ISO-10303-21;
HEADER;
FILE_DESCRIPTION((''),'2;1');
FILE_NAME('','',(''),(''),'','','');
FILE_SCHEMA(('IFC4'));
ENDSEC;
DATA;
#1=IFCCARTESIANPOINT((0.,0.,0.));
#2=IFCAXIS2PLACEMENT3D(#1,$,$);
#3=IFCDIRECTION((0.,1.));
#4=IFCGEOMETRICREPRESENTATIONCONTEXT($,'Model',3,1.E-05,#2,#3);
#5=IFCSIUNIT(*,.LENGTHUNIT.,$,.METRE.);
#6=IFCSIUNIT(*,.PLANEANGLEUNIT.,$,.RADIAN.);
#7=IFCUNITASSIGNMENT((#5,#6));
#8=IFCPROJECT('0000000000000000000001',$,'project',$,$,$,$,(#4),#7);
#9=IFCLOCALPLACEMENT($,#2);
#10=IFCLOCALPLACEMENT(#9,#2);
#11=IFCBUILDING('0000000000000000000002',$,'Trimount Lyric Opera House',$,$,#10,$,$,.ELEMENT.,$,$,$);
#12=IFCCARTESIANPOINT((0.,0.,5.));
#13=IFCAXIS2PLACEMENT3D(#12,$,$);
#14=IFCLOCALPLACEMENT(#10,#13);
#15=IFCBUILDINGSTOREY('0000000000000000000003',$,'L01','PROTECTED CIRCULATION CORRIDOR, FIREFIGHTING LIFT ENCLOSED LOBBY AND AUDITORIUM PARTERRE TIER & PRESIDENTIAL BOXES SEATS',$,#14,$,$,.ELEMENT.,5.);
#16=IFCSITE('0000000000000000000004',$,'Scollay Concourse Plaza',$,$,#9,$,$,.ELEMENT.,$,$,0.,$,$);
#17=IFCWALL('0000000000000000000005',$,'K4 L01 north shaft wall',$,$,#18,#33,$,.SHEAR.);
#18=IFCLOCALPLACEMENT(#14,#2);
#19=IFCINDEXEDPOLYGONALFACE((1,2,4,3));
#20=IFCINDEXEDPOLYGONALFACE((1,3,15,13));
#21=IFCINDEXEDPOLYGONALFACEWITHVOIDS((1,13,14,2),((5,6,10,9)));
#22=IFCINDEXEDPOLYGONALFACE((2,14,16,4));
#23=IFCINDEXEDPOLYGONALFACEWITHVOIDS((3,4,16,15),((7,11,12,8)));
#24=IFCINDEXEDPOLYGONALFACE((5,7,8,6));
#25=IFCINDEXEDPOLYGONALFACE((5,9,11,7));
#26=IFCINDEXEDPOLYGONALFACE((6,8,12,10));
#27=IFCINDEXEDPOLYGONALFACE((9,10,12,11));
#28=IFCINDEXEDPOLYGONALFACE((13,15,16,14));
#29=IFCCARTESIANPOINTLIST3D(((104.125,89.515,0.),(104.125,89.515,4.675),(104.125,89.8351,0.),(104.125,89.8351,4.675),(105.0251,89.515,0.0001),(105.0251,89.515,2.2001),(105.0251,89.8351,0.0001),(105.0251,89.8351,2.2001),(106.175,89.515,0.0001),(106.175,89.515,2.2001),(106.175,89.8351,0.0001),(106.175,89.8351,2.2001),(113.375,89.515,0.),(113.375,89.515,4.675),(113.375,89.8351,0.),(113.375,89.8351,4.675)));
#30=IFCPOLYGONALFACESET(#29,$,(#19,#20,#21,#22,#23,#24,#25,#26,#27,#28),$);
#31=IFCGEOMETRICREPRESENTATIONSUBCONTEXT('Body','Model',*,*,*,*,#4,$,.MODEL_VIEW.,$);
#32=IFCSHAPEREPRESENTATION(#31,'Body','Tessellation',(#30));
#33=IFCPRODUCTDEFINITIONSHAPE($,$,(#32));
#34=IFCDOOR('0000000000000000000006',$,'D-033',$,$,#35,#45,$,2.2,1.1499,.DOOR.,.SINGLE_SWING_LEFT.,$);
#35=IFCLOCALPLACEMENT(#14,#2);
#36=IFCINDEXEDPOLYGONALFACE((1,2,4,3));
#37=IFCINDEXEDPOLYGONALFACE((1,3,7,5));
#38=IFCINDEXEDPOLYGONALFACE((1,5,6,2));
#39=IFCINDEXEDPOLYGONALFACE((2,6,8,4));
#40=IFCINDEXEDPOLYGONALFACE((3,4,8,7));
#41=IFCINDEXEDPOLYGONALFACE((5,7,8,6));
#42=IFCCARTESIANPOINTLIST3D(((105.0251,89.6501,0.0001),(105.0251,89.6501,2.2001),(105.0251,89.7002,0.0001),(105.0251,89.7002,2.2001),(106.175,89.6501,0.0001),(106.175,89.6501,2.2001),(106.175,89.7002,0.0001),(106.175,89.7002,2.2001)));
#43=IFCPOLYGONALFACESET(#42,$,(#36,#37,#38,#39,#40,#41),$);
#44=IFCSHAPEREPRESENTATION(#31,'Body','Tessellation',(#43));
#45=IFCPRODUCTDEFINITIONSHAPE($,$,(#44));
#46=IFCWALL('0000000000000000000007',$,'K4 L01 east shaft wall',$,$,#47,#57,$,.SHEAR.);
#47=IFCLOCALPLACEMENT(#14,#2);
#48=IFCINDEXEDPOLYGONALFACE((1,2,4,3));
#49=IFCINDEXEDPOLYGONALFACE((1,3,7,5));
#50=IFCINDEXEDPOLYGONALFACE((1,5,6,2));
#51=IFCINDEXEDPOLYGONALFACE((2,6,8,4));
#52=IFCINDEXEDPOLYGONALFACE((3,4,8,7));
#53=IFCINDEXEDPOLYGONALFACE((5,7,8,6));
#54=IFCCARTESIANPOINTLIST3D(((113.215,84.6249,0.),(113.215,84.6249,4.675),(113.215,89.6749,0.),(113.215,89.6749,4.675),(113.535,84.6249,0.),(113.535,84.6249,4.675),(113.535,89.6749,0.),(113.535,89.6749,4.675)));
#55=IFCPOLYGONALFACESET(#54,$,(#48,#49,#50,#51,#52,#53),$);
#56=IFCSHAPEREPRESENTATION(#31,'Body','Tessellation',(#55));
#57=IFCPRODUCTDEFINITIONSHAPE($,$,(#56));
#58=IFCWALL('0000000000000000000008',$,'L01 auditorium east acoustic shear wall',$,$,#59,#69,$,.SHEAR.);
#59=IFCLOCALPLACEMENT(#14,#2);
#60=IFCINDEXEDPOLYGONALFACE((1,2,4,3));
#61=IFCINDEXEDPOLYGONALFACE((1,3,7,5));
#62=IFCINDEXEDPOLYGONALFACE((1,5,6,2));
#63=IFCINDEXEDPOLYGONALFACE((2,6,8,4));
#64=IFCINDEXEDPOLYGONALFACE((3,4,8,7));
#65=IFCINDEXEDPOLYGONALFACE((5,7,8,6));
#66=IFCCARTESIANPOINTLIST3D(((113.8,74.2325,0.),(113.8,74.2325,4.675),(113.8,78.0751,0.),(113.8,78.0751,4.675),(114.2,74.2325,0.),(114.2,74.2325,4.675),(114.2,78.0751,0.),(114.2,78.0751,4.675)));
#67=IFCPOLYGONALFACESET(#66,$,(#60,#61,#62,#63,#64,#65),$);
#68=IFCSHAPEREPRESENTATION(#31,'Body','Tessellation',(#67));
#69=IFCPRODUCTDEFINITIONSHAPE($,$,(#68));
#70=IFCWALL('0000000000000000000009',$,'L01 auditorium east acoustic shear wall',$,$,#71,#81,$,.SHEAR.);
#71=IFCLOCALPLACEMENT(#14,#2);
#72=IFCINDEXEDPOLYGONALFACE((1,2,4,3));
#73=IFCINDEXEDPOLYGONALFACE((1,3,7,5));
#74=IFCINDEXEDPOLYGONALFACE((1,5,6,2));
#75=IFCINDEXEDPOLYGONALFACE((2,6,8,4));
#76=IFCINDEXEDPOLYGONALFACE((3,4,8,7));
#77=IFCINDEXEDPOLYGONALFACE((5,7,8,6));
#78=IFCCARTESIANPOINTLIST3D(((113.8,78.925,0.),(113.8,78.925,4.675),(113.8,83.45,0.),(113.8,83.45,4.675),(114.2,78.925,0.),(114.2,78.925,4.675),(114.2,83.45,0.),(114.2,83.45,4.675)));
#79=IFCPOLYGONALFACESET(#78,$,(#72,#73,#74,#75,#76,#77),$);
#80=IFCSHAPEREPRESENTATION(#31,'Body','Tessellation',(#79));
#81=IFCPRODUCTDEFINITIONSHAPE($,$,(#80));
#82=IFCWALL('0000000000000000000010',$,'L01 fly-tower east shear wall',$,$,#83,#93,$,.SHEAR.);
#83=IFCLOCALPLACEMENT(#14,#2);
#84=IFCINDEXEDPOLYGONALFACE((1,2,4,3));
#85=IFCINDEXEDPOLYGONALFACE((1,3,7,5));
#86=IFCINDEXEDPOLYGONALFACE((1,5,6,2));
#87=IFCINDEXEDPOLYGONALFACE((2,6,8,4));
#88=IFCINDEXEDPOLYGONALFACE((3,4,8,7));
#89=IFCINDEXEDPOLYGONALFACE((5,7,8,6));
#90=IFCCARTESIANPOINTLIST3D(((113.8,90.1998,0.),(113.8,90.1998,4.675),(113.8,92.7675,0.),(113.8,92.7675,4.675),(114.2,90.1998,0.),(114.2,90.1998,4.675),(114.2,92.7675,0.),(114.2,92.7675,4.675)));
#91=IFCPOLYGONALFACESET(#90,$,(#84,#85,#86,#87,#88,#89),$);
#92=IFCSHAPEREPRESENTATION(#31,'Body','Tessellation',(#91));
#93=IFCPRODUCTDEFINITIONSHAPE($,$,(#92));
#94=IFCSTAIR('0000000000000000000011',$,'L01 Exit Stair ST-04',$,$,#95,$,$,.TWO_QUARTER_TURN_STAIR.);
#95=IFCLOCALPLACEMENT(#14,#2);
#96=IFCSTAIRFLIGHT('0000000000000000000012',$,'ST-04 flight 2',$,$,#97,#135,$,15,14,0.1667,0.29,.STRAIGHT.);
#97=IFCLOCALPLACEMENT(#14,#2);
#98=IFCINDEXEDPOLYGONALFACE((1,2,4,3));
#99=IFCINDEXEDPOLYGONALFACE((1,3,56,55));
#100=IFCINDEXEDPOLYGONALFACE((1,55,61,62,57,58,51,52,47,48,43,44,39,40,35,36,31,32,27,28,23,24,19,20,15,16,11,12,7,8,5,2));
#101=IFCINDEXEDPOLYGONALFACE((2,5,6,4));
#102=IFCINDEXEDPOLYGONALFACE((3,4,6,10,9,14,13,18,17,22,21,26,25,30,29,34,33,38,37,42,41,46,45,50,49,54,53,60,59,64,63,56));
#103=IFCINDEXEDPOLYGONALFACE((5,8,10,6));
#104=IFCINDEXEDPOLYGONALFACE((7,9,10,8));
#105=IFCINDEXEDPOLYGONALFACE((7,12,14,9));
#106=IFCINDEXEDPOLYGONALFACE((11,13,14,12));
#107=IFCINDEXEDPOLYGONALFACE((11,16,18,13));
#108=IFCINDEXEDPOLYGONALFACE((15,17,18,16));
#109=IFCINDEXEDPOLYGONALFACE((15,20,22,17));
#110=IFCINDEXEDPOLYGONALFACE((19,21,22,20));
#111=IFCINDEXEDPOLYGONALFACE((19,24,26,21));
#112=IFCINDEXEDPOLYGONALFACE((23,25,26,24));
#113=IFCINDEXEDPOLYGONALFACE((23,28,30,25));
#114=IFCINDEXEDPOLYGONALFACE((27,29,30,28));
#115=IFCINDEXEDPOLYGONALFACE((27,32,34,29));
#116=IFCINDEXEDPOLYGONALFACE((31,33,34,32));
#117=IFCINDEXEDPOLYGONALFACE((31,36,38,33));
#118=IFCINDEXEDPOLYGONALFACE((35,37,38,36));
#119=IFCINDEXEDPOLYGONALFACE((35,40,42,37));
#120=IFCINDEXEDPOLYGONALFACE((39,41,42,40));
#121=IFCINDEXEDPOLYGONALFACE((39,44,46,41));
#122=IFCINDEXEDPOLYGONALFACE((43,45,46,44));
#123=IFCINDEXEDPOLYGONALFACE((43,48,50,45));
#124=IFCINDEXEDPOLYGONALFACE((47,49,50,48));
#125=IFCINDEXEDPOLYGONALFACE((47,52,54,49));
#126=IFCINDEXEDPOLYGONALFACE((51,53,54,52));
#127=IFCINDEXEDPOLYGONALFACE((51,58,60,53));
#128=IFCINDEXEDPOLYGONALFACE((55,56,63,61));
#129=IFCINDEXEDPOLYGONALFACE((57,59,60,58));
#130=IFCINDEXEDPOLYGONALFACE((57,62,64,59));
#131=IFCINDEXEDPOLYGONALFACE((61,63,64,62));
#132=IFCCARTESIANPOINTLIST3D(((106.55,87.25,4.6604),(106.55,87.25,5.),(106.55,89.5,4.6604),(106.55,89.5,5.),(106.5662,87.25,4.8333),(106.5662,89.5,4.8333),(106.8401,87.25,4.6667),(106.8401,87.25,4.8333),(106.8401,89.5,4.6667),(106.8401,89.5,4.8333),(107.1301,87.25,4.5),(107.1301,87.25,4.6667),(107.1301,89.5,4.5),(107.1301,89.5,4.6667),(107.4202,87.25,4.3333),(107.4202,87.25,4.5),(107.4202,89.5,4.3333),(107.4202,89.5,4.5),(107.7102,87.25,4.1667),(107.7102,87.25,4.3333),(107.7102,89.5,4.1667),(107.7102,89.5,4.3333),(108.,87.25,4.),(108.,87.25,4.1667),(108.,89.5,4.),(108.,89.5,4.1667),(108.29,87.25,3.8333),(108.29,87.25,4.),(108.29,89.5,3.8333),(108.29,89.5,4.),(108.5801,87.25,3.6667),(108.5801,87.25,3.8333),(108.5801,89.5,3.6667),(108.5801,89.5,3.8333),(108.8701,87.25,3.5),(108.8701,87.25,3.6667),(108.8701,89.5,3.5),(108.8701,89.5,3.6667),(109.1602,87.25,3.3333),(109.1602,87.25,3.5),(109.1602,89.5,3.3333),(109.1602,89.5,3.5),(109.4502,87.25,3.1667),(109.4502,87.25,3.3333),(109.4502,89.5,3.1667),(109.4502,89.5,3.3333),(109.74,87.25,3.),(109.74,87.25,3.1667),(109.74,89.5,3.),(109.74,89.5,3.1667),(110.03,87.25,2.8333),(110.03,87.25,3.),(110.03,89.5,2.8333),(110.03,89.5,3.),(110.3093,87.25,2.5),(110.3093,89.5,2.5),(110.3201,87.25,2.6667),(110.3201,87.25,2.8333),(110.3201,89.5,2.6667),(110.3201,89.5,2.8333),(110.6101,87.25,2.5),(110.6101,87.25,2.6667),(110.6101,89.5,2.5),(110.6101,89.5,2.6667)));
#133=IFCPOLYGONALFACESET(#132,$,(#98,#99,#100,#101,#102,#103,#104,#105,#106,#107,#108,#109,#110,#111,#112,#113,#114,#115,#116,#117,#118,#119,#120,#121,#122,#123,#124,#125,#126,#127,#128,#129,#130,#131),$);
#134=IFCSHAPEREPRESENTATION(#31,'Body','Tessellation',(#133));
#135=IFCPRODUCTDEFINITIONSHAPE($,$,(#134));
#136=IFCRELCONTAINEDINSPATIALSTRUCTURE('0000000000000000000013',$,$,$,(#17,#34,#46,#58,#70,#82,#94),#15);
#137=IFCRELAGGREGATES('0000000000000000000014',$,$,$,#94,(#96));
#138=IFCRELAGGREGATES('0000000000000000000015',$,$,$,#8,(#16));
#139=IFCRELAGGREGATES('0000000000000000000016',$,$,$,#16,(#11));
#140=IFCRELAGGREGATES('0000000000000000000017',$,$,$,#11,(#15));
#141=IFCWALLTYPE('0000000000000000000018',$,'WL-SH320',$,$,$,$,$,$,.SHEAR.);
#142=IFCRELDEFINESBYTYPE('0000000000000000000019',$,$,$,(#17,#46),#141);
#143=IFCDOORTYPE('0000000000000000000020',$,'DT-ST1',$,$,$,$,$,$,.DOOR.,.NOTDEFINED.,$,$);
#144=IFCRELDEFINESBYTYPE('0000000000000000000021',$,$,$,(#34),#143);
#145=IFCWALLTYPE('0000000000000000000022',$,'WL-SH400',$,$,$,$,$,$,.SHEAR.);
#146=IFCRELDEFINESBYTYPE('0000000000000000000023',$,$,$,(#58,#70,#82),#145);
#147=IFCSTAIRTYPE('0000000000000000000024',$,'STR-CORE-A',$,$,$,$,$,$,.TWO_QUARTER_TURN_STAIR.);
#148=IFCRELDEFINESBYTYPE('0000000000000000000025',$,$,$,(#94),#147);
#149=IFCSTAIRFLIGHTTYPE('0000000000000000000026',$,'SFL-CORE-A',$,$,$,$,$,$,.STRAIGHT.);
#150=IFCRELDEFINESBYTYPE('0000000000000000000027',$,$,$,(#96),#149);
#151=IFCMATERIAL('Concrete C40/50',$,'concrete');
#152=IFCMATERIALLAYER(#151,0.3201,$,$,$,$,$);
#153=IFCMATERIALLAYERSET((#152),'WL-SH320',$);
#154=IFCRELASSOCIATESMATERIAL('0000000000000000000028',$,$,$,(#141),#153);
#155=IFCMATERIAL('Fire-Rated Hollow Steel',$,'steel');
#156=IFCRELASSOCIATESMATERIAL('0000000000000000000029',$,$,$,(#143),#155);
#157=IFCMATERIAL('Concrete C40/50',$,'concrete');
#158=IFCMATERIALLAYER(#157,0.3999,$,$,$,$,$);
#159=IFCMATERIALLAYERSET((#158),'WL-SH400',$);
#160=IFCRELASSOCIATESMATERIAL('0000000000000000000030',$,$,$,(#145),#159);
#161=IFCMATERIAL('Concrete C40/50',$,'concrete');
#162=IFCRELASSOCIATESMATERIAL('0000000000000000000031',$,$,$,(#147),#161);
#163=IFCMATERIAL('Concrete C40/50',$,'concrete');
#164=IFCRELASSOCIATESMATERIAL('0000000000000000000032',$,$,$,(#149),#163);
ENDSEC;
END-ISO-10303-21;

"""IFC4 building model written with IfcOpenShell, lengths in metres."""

from ifc_helpers import new_model, si_unit, direction, frame, frame_2d, origin, place, context, subcontext, project, spatial, polyline, rectangle, outline, extrude, material, layer, layer_set, type_object, element, fill, aggregate, save


model = new_model("IFC4")

# Units and contexts
model_context = context("Model", 3, precision=1e-05, world=origin(), true_north=direction((0.0, 1.0)))
body_context = subcontext(model_context, "Body", "Model", "MODEL_VIEW")
ifc_project = project(units=[si_unit("LENGTHUNIT", "METRE"), si_unit("PLANEANGLEUNIT", "RADIAN")], contexts=[model_context])

# Site, building, storey
site_placement = place(None, origin())
site = spatial("IfcSite", under=ifc_project, at=site_placement, Name="Scollay Concourse Plaza", CompositionType="ELEMENT", RefElevation=0.0)
building_placement = place(site_placement, origin())
building = spatial("IfcBuilding", under=site, at=building_placement, Name="Trimount Lyric Opera House", CompositionType="ELEMENT")
storey_placement = place(building_placement, frame((0.0, 0.0, 5.0)))
storey = spatial("IfcBuildingStorey", under=building, at=storey_placement, Name="L01", Description="PROTECTED CIRCULATION CORRIDOR, FIREFIGHTING LIFT ENCLOSED LOBBY AND AUDITORIUM PARTERRE TIER & PRESIDENTIAL BOXES SEATS", CompositionType="ELEMENT", Elevation=5.0)

# Wall, opening, door
ifc_material_1 = material(Name="Concrete C40/50", Category="concrete")
ifc_layer_1 = layer(ifc_material_1, 0.3201)
ifc_layer_set_1 = layer_set([ifc_layer_1], Name="WL-SH320")
wall_type_1 = type_object("IfcWallType", Name="WL-SH320", PredefinedType="SHEAR", material=ifc_layer_set_1)
wall_1_placement = place(storey_placement, frame((113.375, 89.675, 0.0), z_axis=(0.0, 0.0, 1.0), x_axis=(-1.0, 0.0, 0.0)))
wall_1 = element("IfcWall", 1, at=wall_1_placement, inside=storey, type_object=wall_type_1, Name="K4 L01 north shaft wall", PredefinedType="SHEAR", context=body_context, shape_type="SweptSolid", body=[
    extrude(rectangle(XDim=9.25, YDim=0.3201, at=frame_2d((4.625, 0.0))), origin(), (0.0, 0.0, 1.0), 4.675),
])
opening_placement = place(wall_1_placement, frame((7.2, 0.0, 0.0)))
opening = element("IfcOpeningElement", 2, at=opening_placement, cuts=wall_1, PredefinedType="OPENING", context=body_context, shape_type="SweptSolid", body=[
    extrude(rectangle(XDim=1.1499, YDim=2.2, at=frame_2d((0.575, 1.1001))), frame((0.0, 0.1699, 0.0), z_axis=(0.0, -1.0, 0.0), x_axis=(1.0, 0.0, 0.0)), (0.0, 0.0, 1.0), 0.3401),
])
ifc_material_2 = material(Name="Fire-Rated Hollow Steel", Category="steel")
door_type = type_object("IfcDoorType", Name="DT-ST1", OperationType="NOTDEFINED", PredefinedType="DOOR", material=ifc_material_2)
door_placement = place(opening_placement, origin())
door = element("IfcDoor", 3, at=door_placement, inside=storey, type_object=door_type, Name="D-033", OperationType="SINGLE_SWING_LEFT", OverallHeight=2.2, OverallWidth=1.1499, PredefinedType="DOOR", context=body_context, shape_type="SweptSolid", body=[
    extrude(rectangle(XDim=1.1499, YDim=2.2, at=frame_2d((0.575, 1.1001))), frame((0.0, 0.0249, 0.0), z_axis=(0.0, -1.0, 0.0), x_axis=(1.0, 0.0, 0.0)), (0.0, 0.0, 1.0), 0.05),
])
fill(opening, door)

# Walls
wall_2_placement = place(storey_placement, frame((113.375, 84.625, 0.0), z_axis=(0.0, 0.0, 1.0), x_axis=(0.0, 1.0, 0.0)))
element("IfcWall", 4, at=wall_2_placement, inside=storey, type_object=wall_type_1, Name="K4 L01 east shaft wall", PredefinedType="SHEAR", context=body_context, shape_type="SweptSolid", body=[
    extrude(rectangle(XDim=5.05, YDim=0.3201, at=frame_2d((2.5249, 0.0))), origin(), (0.0, 0.0, 1.0), 4.675),
])
ifc_material_3 = material(Name="Concrete C40/50", Category="concrete")
ifc_layer_2 = layer(ifc_material_3, 0.3999)
ifc_layer_set_2 = layer_set([ifc_layer_2], Name="WL-SH400")
wall_type_2 = type_object("IfcWallType", Name="WL-SH400", PredefinedType="SHEAR", material=ifc_layer_set_2)
wall_3_placement = place(storey_placement, frame((114.0, 74.2324, 0.0), z_axis=(0.0, 0.0, 1.0), x_axis=(0.0, 1.0, 0.0)))
element("IfcWall", 5, at=wall_3_placement, inside=storey, type_object=wall_type_2, Name="L01 auditorium east acoustic shear wall", PredefinedType="SHEAR", context=body_context, shape_type="SweptSolid", body=[
    extrude(rectangle(XDim=3.8425, YDim=0.3999, at=frame_2d((1.9214, 0.0))), origin(), (0.0, 0.0, 1.0), 4.675),
])
wall_4_placement = place(storey_placement, frame((114.0, 78.925, 0.0), z_axis=(0.0, 0.0, 1.0), x_axis=(0.0, 1.0, 0.0)))
element("IfcWall", 6, at=wall_4_placement, inside=storey, type_object=wall_type_2, Name="L01 auditorium east acoustic shear wall", PredefinedType="SHEAR", context=body_context, shape_type="SweptSolid", body=[
    extrude(rectangle(XDim=4.5249, YDim=0.3999, at=frame_2d((2.2625, 0.0))), origin(), (0.0, 0.0, 1.0), 4.675),
])
wall_5_placement = place(storey_placement, frame((114.0, 90.2, 0.0), z_axis=(0.0, 0.0, 1.0), x_axis=(0.0, 1.0, 0.0)))
element("IfcWall", 7, at=wall_5_placement, inside=storey, type_object=wall_type_2, Name="L01 fly-tower east shear wall", PredefinedType="SHEAR", context=body_context, shape_type="SweptSolid", body=[
    extrude(rectangle(XDim=2.5676, YDim=0.3999, at=frame_2d((1.2837, 0.0))), origin(), (0.0, 0.0, 1.0), 4.675),
])

# Stair, stair flight
ifc_material_4 = material(Name="Concrete C40/50", Category="concrete")
stair_type = type_object("IfcStairType", Name="STR-CORE-A", PredefinedType="TWO_QUARTER_TURN_STAIR", material=ifc_material_4)
stair_placement = place(storey_placement, origin())
stair = element("IfcStair", 8, at=stair_placement, inside=storey, type_object=stair_type, Name="L01 Exit Stair ST-04", PredefinedType="TWO_QUARTER_TURN_STAIR")
ifc_material_5 = material(Name="Concrete C40/50", Category="concrete")
stair_flight_type = type_object("IfcStairFlightType", Name="SFL-CORE-A", PredefinedType="STRAIGHT", material=ifc_material_5)
stair_flight_placement = place(storey_placement, frame((110.6101, 88.375, 2.5), z_axis=(0.0, 0.0, 1.0), x_axis=(-1.0, 0.0, 0.0)))
stair_flight = element("IfcStairFlight", 9, at=stair_flight_placement, type_object=stair_flight_type, Name="ST-04 flight 2", NumberOfRisers=15, NumberOfTreads=14, PredefinedType="STRAIGHT", RiserHeight=0.1667, TreadLength=0.29, context=body_context, shape_type="SweptSolid", body=[
    extrude(outline(polyline([(0.0, 0.0), (0.0, 0.1667), (0.29, 0.1667), (0.29, 0.3333), (0.5801, 0.3333), (0.5801, 0.5), (0.8701, 0.5), (0.8701, 0.6667), (1.1599, 0.6667), (1.1599, 0.8333), (1.45, 0.8333), (1.45, 1.0), (1.74, 1.0), (1.74, 1.1667), (2.03, 1.1667), (2.03, 1.3333), (2.3201, 1.3333), (2.3201, 1.5), (2.6101, 1.5), (2.6101, 1.6667), (2.8999, 1.6667), (2.8999, 1.8333), (3.1899, 1.8333), (3.1899, 2.0), (3.48, 2.0), (3.48, 2.1667), (3.77, 2.1667), (3.77, 2.3333), (4.0439, 2.3333), (4.0601, 2.5), (4.0601, 2.1604), (0.3008, 0.0), (0.0, 0.0)])), frame((0.0, 1.125, 0.0), z_axis=(0.0, -1.0, 0.0), x_axis=(1.0, 0.0, 0.0)), (0.0, 0.0, 1.0), 2.25),
])
aggregate(stair, [stair_flight])

save(model, "model.ifc")
